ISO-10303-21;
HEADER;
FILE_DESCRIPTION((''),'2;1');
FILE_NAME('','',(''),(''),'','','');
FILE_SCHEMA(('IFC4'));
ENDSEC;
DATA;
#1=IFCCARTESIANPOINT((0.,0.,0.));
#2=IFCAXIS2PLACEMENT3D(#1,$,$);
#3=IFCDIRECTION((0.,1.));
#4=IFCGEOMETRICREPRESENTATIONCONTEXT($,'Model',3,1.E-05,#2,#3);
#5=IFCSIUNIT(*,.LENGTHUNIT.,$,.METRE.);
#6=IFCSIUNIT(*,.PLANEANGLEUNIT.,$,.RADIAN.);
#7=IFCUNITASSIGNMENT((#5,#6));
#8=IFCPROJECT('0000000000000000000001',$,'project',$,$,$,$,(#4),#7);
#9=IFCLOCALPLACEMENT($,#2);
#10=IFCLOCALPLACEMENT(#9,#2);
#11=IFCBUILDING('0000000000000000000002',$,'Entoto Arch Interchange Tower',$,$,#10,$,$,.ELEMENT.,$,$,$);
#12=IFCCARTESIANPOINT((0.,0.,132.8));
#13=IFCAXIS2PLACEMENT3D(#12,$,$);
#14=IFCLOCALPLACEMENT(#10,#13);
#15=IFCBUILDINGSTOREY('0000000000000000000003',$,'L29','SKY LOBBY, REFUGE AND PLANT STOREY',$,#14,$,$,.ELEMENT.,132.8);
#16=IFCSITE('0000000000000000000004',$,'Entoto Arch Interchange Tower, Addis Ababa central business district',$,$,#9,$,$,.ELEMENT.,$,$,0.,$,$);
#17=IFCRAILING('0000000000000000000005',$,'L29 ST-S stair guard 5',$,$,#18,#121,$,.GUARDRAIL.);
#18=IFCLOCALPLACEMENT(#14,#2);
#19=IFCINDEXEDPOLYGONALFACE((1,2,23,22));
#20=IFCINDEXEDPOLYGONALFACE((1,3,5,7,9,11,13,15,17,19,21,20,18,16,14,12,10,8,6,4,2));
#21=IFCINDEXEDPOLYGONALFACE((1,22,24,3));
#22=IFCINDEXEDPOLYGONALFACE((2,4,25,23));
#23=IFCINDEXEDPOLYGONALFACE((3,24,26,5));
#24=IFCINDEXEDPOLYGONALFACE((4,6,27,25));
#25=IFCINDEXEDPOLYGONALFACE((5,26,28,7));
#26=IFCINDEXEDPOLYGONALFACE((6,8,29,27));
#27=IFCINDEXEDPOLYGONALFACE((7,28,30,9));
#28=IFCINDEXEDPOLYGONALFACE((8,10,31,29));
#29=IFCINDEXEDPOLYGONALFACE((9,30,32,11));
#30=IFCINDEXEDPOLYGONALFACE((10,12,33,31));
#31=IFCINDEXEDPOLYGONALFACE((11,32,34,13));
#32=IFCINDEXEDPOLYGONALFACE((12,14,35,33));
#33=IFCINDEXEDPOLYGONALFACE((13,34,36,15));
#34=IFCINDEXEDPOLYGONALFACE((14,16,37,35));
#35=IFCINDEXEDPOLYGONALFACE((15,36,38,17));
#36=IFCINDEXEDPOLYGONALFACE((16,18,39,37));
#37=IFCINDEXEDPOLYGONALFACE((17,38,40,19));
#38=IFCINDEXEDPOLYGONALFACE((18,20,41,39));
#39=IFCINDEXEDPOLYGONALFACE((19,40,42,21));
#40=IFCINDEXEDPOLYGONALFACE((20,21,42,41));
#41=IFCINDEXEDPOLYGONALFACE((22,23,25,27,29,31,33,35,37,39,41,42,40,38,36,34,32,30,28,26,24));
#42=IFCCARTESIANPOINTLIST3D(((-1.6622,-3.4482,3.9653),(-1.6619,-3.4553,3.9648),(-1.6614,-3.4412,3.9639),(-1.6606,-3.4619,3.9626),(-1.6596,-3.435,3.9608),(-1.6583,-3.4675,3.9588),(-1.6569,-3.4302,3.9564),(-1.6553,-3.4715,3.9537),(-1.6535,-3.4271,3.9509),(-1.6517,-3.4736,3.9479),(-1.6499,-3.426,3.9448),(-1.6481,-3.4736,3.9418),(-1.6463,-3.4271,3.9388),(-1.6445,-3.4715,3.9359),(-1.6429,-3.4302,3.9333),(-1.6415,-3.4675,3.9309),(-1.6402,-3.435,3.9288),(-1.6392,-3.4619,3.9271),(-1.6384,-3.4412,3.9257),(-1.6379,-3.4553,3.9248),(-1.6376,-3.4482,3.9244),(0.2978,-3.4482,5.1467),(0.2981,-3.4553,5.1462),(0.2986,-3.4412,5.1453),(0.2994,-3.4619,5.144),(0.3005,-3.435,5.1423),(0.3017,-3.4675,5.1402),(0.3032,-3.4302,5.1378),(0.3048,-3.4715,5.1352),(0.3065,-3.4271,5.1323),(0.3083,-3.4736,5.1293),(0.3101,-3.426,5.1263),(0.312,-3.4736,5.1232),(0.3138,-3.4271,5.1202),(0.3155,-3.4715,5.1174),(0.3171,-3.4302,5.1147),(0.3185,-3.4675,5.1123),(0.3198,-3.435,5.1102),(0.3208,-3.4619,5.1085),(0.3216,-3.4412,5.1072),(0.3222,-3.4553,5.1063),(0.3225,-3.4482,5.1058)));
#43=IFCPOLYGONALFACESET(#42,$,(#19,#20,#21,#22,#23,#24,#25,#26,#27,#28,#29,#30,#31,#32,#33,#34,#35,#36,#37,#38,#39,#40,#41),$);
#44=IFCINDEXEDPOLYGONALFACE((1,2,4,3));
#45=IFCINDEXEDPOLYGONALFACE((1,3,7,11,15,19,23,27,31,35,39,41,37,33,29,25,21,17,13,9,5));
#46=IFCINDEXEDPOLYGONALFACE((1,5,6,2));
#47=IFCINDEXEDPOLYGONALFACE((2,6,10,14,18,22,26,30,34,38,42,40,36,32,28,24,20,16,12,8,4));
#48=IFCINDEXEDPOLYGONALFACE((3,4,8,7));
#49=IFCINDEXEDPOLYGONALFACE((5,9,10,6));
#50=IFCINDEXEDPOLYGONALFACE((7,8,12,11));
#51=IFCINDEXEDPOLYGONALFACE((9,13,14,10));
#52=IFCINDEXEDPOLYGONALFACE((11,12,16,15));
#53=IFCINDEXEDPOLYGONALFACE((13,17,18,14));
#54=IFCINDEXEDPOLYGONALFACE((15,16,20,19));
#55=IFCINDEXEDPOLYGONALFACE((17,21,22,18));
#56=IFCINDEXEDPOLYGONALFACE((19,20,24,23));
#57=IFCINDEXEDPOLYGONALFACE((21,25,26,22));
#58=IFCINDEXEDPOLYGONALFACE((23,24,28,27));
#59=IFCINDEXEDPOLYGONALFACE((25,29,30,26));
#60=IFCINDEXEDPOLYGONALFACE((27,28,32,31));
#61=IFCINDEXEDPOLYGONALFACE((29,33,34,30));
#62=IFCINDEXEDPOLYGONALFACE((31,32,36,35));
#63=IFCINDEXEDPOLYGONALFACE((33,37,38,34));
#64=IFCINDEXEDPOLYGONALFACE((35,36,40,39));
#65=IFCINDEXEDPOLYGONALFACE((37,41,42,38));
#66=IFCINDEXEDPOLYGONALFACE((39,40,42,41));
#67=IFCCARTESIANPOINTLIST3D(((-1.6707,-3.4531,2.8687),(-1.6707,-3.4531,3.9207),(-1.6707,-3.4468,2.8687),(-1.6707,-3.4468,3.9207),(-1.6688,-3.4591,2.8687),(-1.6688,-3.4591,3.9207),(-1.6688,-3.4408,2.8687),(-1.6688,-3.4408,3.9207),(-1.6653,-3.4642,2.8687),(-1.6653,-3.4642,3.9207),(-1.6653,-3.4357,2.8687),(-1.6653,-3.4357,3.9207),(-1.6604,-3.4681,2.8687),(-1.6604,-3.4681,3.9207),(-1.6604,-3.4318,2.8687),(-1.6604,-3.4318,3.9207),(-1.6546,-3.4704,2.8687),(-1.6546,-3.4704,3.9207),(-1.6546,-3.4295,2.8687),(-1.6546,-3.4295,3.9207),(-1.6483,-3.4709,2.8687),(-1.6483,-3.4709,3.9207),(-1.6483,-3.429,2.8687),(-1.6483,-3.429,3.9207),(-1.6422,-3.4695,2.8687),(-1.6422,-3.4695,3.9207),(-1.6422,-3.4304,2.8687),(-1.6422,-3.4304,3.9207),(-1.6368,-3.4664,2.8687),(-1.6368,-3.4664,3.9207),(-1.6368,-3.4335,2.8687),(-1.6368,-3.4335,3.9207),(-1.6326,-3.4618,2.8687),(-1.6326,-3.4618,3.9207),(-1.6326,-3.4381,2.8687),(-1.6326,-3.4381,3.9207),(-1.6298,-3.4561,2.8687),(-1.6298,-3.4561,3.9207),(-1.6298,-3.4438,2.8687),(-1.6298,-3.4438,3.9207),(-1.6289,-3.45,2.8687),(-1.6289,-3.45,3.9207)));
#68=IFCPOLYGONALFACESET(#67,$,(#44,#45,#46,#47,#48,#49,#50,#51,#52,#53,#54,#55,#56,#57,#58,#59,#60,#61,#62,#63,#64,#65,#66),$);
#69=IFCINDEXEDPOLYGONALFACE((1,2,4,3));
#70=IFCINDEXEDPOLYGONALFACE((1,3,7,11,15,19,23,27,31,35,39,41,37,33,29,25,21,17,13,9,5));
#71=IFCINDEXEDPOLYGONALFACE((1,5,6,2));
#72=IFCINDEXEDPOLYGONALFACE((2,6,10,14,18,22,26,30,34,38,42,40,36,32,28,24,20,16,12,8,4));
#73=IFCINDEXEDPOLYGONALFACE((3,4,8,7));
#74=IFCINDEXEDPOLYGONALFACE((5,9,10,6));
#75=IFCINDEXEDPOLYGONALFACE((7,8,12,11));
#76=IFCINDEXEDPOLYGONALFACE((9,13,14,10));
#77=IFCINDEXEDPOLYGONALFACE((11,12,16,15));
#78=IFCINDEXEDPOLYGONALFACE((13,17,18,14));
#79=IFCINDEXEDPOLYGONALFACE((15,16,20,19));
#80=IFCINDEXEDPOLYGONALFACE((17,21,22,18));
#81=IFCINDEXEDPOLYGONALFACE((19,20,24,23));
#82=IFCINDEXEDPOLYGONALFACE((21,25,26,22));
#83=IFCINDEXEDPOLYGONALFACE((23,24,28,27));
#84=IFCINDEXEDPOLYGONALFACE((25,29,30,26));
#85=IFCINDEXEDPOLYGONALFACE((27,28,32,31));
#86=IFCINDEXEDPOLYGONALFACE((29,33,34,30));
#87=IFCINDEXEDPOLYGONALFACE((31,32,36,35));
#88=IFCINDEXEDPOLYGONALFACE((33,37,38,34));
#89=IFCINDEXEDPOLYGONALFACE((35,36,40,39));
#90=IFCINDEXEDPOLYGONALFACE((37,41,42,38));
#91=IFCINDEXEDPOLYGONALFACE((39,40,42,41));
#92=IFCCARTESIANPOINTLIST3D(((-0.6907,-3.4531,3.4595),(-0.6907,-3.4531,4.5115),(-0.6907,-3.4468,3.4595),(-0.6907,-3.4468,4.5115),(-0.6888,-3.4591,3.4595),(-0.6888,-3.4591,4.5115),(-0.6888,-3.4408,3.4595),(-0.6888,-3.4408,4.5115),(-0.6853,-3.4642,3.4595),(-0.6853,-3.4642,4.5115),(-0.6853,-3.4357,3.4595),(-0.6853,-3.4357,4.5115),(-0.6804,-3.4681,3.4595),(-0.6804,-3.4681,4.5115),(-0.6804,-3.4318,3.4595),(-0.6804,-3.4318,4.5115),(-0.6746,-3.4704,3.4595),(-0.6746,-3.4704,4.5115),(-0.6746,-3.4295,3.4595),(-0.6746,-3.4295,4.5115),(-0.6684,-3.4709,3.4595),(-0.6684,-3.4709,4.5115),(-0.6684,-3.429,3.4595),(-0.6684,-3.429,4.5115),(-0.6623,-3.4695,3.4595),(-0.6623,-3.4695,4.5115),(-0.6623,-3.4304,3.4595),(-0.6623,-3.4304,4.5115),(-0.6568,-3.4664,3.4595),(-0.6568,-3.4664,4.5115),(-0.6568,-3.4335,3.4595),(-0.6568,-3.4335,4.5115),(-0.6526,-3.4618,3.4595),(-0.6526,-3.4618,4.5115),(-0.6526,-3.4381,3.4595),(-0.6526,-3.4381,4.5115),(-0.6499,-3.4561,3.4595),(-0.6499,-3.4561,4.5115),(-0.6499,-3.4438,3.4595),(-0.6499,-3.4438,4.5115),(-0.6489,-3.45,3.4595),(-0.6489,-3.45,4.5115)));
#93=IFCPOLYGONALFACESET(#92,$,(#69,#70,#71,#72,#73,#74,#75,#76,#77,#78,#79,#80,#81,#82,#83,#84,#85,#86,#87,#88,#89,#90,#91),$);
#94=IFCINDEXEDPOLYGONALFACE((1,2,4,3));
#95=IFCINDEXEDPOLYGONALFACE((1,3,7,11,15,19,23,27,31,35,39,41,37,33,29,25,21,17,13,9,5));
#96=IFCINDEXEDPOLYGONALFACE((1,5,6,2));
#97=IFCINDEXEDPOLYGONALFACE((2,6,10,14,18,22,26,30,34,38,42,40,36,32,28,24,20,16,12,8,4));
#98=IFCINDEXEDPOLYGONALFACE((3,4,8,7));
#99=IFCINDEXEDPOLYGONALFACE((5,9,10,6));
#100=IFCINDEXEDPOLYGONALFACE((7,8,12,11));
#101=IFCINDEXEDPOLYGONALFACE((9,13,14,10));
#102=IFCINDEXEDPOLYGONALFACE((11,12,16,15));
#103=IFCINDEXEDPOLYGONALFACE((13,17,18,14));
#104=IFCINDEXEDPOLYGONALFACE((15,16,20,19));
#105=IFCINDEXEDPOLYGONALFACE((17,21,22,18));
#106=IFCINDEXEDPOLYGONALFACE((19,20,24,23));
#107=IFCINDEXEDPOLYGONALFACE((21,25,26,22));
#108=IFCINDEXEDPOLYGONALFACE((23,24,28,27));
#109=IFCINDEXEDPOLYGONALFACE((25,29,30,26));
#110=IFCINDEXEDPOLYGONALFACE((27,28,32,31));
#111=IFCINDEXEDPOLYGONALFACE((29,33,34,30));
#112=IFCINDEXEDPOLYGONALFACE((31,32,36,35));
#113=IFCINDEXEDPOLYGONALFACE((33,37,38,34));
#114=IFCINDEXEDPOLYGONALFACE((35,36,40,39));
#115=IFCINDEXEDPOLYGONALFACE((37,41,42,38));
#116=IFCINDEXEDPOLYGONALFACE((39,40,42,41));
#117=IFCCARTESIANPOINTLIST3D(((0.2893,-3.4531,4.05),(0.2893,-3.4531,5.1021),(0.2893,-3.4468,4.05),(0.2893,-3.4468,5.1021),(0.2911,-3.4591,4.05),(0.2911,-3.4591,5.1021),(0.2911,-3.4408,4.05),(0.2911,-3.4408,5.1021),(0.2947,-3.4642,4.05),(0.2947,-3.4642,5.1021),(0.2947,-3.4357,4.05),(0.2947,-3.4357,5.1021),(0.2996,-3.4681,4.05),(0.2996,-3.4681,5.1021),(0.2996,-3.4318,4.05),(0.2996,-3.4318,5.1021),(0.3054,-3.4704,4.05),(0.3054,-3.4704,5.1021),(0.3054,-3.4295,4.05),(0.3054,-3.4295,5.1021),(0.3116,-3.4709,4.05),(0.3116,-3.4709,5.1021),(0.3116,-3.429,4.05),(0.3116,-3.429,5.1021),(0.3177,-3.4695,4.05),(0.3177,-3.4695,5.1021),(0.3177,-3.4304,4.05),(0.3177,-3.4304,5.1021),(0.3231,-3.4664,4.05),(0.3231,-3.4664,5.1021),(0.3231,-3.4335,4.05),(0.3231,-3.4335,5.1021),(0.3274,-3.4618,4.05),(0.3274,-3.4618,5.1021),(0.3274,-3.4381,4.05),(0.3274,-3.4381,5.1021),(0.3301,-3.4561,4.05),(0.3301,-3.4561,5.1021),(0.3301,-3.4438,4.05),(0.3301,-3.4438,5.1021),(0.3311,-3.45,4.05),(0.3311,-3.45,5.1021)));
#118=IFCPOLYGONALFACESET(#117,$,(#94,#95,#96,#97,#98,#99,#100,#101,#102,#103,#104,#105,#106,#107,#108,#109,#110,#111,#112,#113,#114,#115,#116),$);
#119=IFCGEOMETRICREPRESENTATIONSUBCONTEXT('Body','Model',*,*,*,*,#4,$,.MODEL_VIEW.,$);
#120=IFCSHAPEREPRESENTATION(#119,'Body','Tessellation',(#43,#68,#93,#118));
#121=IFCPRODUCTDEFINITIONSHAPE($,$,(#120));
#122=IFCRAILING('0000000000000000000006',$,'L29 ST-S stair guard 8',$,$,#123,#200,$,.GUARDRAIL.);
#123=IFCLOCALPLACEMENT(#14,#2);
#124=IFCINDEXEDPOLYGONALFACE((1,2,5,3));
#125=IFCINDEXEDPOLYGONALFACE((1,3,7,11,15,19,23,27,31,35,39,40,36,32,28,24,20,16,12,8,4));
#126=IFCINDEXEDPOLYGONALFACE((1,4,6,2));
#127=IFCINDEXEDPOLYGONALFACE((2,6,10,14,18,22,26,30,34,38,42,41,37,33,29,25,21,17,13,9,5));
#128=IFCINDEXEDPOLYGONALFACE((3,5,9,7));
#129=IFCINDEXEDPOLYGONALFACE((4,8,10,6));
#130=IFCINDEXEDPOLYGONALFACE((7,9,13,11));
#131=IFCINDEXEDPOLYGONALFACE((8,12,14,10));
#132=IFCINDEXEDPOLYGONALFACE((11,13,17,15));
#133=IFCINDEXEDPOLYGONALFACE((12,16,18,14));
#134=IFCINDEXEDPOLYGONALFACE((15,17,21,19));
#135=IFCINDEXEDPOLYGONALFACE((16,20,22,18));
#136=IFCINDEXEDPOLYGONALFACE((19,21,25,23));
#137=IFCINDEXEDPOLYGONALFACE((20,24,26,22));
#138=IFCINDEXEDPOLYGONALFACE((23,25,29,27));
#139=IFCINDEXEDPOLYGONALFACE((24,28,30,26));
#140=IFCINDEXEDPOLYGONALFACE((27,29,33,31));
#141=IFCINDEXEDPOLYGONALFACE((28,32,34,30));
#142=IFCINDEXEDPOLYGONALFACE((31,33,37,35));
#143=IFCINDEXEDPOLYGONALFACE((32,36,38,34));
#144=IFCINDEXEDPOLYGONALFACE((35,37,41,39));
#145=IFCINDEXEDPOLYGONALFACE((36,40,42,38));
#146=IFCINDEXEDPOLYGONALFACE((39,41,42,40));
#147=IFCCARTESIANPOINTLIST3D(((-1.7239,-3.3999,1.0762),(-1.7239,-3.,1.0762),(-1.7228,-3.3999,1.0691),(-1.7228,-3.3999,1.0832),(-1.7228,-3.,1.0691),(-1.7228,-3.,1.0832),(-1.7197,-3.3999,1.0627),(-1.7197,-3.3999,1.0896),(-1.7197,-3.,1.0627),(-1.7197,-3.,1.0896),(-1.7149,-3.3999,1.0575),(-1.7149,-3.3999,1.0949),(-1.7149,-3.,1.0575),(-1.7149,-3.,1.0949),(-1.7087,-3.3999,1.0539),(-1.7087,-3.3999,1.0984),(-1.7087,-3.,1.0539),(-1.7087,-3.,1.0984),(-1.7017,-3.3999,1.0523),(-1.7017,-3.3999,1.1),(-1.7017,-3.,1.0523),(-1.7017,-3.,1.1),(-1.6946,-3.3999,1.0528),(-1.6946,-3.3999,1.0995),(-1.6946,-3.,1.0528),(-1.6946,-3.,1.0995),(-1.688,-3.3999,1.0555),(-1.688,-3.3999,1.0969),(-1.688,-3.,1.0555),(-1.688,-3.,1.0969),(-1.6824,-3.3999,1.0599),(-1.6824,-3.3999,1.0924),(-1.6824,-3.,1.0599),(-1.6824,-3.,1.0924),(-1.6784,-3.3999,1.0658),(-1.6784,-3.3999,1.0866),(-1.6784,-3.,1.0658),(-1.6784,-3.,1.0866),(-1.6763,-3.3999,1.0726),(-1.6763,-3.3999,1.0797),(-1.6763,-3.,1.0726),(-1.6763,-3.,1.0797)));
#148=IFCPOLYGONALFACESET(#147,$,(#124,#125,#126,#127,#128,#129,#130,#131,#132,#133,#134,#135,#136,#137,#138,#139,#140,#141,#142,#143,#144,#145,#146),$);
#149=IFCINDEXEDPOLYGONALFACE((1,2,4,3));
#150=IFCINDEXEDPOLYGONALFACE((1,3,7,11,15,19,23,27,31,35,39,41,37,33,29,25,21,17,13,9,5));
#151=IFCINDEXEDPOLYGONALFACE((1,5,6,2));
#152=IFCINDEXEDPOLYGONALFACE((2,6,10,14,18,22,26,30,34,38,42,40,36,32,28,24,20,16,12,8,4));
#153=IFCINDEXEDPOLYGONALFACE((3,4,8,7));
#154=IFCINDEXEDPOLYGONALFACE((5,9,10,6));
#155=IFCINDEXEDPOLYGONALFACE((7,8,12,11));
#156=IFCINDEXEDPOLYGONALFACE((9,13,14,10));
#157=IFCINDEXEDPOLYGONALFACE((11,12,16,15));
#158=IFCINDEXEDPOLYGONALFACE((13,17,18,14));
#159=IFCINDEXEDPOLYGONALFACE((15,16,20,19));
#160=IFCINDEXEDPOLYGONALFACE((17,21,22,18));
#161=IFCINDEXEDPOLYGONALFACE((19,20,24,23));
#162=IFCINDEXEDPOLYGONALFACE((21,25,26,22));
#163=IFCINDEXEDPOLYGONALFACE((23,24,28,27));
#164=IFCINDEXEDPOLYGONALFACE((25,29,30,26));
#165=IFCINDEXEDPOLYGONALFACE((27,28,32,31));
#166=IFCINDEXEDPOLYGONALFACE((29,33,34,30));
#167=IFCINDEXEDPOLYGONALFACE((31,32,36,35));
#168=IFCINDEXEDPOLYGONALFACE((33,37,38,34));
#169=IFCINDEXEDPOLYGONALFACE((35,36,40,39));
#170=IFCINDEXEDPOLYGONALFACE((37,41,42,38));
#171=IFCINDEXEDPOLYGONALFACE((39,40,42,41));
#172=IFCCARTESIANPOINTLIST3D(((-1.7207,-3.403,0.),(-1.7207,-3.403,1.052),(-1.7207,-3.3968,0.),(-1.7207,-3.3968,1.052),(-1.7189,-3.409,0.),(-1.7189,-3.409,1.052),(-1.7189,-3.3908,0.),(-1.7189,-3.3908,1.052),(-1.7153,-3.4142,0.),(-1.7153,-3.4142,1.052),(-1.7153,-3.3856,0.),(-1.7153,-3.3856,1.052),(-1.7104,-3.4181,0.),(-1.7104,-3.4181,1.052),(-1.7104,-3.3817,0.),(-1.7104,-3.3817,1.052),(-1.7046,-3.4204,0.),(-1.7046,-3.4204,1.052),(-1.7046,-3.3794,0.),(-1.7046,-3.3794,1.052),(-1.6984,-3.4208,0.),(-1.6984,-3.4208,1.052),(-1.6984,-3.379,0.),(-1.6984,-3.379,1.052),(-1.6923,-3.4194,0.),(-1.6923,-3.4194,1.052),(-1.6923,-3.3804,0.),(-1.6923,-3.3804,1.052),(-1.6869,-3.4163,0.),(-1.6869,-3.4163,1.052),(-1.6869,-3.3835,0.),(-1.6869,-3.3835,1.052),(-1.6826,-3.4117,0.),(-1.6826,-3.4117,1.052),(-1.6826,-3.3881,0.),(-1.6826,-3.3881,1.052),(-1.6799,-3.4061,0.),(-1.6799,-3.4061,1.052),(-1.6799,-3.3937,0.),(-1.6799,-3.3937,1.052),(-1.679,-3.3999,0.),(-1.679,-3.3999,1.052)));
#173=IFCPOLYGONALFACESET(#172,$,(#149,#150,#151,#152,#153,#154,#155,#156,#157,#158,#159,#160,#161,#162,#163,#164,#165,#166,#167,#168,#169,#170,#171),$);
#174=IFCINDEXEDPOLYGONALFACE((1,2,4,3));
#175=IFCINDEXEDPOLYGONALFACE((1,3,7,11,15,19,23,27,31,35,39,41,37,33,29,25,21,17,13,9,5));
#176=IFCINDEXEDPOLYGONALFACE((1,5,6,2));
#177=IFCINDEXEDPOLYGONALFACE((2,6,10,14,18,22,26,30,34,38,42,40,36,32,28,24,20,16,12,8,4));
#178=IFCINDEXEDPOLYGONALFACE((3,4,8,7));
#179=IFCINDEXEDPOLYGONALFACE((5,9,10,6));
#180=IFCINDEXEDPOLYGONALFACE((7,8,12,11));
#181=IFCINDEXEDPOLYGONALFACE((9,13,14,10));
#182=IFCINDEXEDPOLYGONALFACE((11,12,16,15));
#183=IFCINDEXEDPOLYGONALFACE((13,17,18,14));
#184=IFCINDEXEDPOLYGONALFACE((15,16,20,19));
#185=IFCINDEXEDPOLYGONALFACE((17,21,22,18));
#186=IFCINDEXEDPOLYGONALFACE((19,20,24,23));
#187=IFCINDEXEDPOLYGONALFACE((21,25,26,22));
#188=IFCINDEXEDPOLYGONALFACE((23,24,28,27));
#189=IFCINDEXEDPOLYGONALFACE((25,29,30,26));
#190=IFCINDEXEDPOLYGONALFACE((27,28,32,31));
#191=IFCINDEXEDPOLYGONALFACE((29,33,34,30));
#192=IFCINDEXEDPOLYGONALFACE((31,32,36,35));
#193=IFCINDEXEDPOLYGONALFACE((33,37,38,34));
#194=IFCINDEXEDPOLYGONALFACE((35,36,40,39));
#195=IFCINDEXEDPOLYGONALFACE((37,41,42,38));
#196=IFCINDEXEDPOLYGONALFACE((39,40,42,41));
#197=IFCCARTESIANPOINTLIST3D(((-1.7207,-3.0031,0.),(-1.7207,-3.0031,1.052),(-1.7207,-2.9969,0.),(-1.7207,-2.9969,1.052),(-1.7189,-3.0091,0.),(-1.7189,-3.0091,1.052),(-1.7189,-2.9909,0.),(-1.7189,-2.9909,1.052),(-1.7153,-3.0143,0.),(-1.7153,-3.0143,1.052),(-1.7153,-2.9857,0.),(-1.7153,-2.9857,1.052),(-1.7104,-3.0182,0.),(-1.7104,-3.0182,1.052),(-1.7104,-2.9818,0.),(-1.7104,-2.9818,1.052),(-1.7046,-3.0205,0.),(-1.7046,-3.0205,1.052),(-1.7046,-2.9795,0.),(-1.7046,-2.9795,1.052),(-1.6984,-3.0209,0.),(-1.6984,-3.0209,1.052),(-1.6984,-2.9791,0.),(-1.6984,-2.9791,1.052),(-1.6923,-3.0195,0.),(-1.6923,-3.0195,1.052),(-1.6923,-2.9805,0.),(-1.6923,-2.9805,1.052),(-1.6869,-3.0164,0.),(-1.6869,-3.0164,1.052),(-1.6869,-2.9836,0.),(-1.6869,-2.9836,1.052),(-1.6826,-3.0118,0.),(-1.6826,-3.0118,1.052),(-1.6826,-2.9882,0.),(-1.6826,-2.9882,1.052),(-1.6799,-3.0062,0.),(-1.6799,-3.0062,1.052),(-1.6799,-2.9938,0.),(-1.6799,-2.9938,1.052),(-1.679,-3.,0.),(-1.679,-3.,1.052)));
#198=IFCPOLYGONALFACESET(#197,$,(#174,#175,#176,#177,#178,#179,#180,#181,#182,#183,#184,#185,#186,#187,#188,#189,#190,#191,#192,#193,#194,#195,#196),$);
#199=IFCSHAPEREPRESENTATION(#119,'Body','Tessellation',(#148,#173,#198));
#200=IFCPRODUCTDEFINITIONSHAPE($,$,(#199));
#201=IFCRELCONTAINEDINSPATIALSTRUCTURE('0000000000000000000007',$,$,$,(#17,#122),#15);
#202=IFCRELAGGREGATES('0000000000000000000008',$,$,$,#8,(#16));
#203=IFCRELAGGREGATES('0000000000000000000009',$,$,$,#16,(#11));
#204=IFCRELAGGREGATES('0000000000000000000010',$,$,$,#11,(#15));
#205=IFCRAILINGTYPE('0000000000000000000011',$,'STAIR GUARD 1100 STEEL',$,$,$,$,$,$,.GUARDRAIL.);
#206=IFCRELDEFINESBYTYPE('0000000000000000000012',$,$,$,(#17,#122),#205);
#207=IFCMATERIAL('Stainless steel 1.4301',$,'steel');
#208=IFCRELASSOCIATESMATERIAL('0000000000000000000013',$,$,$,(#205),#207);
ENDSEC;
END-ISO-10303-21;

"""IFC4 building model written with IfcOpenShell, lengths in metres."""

from ifc_helpers import new_model, si_unit, direction, frame, origin, origin_2d, place, context, subcontext, project, spatial, circle, extrude, material, type_object, element, save


model = new_model("IFC4")

# Units and contexts
model_context = context("Model", 3, precision=1e-05, world=origin(), true_north=direction((0.0, 1.0)))
body_context = subcontext(model_context, "Body", "Model", "MODEL_VIEW")
ifc_project = project(units=[si_unit("LENGTHUNIT", "METRE"), si_unit("PLANEANGLEUNIT", "RADIAN")], contexts=[model_context])

# Site, building, storey
site_placement = place(None, origin())
site = spatial("IfcSite", under=ifc_project, at=site_placement, Name="Entoto Arch Interchange Tower, Addis Ababa central business district", CompositionType="ELEMENT", RefElevation=0.0)
building_placement = place(site_placement, origin())
building = spatial("IfcBuilding", under=site, at=building_placement, Name="Entoto Arch Interchange Tower", CompositionType="ELEMENT")
storey_placement = place(building_placement, frame((0.0, 0.0, 132.8)))
storey = spatial("IfcBuildingStorey", under=building, at=storey_placement, Name="L29", Description="SKY LOBBY, REFUGE AND PLANT STOREY", CompositionType="ELEMENT", Elevation=132.8)

# Railings
ifc_material_1 = material(Name="Stainless steel 1.4301", Category="steel")
railing_type_1 = type_object("IfcRailingType", Name="STAIR GUARD 1100 STEEL", PredefinedType="GUARDRAIL", material=ifc_material_1)
railing_1_placement = place(storey_placement, frame((-1.6499, -3.45, 2.8687)))
element("IfcRailing", 1, at=railing_1_placement, inside=storey, type_object=railing_type_1, Name="L29 ST-S stair guard 5", PredefinedType="GUARDRAIL", context=body_context, shape_type="SweptSolid", body=[
    extrude(circle(Radius=0.0239, at=origin_2d()), frame((0.0, 0.0, 1.0762), z_axis=(0.856446, 0.0, 0.516236), x_axis=(0.0, 1.0, 0.0)), (0.0, 0.0, 1.0), 2.2886),
    extrude(circle(Radius=0.021, at=origin_2d()), origin(), (0.0, 0.0, 1.0), 1.052),
    extrude(circle(Radius=0.021, at=origin_2d()), frame((0.98, 0.0, 0.5908)), (0.0, 0.0, 1.0), 1.052),
    extrude(circle(Radius=0.021, at=origin_2d()), frame((1.96, 0.0, 1.1814)), (0.0, 0.0, 1.0), 1.052),
])
railing_2_placement = place(storey_placement, frame((-1.7, -3.3999, 0.0)))
element("IfcRailing", 2, at=railing_2_placement, inside=storey, type_object=railing_type_1, Name="L29 ST-S stair guard 8", PredefinedType="GUARDRAIL", context=body_context, shape_type="SweptSolid", body=[
    extrude(circle(Radius=0.0239, at=origin_2d()), frame((0.0, 0.0, 1.0762), z_axis=(0.0, 1.0, 0.0), x_axis=(-1.0, 0.0, 0.0)), (0.0, 0.0, 1.0), 0.3999),
    extrude(circle(Radius=0.021, at=origin_2d()), origin(), (0.0, 0.0, 1.0), 1.052),
    extrude(circle(Radius=0.021, at=origin_2d()), frame((0.0, 0.3999, 0.0)), (0.0, 0.0, 1.0), 1.052),
])

save(model, "model.ifc")
